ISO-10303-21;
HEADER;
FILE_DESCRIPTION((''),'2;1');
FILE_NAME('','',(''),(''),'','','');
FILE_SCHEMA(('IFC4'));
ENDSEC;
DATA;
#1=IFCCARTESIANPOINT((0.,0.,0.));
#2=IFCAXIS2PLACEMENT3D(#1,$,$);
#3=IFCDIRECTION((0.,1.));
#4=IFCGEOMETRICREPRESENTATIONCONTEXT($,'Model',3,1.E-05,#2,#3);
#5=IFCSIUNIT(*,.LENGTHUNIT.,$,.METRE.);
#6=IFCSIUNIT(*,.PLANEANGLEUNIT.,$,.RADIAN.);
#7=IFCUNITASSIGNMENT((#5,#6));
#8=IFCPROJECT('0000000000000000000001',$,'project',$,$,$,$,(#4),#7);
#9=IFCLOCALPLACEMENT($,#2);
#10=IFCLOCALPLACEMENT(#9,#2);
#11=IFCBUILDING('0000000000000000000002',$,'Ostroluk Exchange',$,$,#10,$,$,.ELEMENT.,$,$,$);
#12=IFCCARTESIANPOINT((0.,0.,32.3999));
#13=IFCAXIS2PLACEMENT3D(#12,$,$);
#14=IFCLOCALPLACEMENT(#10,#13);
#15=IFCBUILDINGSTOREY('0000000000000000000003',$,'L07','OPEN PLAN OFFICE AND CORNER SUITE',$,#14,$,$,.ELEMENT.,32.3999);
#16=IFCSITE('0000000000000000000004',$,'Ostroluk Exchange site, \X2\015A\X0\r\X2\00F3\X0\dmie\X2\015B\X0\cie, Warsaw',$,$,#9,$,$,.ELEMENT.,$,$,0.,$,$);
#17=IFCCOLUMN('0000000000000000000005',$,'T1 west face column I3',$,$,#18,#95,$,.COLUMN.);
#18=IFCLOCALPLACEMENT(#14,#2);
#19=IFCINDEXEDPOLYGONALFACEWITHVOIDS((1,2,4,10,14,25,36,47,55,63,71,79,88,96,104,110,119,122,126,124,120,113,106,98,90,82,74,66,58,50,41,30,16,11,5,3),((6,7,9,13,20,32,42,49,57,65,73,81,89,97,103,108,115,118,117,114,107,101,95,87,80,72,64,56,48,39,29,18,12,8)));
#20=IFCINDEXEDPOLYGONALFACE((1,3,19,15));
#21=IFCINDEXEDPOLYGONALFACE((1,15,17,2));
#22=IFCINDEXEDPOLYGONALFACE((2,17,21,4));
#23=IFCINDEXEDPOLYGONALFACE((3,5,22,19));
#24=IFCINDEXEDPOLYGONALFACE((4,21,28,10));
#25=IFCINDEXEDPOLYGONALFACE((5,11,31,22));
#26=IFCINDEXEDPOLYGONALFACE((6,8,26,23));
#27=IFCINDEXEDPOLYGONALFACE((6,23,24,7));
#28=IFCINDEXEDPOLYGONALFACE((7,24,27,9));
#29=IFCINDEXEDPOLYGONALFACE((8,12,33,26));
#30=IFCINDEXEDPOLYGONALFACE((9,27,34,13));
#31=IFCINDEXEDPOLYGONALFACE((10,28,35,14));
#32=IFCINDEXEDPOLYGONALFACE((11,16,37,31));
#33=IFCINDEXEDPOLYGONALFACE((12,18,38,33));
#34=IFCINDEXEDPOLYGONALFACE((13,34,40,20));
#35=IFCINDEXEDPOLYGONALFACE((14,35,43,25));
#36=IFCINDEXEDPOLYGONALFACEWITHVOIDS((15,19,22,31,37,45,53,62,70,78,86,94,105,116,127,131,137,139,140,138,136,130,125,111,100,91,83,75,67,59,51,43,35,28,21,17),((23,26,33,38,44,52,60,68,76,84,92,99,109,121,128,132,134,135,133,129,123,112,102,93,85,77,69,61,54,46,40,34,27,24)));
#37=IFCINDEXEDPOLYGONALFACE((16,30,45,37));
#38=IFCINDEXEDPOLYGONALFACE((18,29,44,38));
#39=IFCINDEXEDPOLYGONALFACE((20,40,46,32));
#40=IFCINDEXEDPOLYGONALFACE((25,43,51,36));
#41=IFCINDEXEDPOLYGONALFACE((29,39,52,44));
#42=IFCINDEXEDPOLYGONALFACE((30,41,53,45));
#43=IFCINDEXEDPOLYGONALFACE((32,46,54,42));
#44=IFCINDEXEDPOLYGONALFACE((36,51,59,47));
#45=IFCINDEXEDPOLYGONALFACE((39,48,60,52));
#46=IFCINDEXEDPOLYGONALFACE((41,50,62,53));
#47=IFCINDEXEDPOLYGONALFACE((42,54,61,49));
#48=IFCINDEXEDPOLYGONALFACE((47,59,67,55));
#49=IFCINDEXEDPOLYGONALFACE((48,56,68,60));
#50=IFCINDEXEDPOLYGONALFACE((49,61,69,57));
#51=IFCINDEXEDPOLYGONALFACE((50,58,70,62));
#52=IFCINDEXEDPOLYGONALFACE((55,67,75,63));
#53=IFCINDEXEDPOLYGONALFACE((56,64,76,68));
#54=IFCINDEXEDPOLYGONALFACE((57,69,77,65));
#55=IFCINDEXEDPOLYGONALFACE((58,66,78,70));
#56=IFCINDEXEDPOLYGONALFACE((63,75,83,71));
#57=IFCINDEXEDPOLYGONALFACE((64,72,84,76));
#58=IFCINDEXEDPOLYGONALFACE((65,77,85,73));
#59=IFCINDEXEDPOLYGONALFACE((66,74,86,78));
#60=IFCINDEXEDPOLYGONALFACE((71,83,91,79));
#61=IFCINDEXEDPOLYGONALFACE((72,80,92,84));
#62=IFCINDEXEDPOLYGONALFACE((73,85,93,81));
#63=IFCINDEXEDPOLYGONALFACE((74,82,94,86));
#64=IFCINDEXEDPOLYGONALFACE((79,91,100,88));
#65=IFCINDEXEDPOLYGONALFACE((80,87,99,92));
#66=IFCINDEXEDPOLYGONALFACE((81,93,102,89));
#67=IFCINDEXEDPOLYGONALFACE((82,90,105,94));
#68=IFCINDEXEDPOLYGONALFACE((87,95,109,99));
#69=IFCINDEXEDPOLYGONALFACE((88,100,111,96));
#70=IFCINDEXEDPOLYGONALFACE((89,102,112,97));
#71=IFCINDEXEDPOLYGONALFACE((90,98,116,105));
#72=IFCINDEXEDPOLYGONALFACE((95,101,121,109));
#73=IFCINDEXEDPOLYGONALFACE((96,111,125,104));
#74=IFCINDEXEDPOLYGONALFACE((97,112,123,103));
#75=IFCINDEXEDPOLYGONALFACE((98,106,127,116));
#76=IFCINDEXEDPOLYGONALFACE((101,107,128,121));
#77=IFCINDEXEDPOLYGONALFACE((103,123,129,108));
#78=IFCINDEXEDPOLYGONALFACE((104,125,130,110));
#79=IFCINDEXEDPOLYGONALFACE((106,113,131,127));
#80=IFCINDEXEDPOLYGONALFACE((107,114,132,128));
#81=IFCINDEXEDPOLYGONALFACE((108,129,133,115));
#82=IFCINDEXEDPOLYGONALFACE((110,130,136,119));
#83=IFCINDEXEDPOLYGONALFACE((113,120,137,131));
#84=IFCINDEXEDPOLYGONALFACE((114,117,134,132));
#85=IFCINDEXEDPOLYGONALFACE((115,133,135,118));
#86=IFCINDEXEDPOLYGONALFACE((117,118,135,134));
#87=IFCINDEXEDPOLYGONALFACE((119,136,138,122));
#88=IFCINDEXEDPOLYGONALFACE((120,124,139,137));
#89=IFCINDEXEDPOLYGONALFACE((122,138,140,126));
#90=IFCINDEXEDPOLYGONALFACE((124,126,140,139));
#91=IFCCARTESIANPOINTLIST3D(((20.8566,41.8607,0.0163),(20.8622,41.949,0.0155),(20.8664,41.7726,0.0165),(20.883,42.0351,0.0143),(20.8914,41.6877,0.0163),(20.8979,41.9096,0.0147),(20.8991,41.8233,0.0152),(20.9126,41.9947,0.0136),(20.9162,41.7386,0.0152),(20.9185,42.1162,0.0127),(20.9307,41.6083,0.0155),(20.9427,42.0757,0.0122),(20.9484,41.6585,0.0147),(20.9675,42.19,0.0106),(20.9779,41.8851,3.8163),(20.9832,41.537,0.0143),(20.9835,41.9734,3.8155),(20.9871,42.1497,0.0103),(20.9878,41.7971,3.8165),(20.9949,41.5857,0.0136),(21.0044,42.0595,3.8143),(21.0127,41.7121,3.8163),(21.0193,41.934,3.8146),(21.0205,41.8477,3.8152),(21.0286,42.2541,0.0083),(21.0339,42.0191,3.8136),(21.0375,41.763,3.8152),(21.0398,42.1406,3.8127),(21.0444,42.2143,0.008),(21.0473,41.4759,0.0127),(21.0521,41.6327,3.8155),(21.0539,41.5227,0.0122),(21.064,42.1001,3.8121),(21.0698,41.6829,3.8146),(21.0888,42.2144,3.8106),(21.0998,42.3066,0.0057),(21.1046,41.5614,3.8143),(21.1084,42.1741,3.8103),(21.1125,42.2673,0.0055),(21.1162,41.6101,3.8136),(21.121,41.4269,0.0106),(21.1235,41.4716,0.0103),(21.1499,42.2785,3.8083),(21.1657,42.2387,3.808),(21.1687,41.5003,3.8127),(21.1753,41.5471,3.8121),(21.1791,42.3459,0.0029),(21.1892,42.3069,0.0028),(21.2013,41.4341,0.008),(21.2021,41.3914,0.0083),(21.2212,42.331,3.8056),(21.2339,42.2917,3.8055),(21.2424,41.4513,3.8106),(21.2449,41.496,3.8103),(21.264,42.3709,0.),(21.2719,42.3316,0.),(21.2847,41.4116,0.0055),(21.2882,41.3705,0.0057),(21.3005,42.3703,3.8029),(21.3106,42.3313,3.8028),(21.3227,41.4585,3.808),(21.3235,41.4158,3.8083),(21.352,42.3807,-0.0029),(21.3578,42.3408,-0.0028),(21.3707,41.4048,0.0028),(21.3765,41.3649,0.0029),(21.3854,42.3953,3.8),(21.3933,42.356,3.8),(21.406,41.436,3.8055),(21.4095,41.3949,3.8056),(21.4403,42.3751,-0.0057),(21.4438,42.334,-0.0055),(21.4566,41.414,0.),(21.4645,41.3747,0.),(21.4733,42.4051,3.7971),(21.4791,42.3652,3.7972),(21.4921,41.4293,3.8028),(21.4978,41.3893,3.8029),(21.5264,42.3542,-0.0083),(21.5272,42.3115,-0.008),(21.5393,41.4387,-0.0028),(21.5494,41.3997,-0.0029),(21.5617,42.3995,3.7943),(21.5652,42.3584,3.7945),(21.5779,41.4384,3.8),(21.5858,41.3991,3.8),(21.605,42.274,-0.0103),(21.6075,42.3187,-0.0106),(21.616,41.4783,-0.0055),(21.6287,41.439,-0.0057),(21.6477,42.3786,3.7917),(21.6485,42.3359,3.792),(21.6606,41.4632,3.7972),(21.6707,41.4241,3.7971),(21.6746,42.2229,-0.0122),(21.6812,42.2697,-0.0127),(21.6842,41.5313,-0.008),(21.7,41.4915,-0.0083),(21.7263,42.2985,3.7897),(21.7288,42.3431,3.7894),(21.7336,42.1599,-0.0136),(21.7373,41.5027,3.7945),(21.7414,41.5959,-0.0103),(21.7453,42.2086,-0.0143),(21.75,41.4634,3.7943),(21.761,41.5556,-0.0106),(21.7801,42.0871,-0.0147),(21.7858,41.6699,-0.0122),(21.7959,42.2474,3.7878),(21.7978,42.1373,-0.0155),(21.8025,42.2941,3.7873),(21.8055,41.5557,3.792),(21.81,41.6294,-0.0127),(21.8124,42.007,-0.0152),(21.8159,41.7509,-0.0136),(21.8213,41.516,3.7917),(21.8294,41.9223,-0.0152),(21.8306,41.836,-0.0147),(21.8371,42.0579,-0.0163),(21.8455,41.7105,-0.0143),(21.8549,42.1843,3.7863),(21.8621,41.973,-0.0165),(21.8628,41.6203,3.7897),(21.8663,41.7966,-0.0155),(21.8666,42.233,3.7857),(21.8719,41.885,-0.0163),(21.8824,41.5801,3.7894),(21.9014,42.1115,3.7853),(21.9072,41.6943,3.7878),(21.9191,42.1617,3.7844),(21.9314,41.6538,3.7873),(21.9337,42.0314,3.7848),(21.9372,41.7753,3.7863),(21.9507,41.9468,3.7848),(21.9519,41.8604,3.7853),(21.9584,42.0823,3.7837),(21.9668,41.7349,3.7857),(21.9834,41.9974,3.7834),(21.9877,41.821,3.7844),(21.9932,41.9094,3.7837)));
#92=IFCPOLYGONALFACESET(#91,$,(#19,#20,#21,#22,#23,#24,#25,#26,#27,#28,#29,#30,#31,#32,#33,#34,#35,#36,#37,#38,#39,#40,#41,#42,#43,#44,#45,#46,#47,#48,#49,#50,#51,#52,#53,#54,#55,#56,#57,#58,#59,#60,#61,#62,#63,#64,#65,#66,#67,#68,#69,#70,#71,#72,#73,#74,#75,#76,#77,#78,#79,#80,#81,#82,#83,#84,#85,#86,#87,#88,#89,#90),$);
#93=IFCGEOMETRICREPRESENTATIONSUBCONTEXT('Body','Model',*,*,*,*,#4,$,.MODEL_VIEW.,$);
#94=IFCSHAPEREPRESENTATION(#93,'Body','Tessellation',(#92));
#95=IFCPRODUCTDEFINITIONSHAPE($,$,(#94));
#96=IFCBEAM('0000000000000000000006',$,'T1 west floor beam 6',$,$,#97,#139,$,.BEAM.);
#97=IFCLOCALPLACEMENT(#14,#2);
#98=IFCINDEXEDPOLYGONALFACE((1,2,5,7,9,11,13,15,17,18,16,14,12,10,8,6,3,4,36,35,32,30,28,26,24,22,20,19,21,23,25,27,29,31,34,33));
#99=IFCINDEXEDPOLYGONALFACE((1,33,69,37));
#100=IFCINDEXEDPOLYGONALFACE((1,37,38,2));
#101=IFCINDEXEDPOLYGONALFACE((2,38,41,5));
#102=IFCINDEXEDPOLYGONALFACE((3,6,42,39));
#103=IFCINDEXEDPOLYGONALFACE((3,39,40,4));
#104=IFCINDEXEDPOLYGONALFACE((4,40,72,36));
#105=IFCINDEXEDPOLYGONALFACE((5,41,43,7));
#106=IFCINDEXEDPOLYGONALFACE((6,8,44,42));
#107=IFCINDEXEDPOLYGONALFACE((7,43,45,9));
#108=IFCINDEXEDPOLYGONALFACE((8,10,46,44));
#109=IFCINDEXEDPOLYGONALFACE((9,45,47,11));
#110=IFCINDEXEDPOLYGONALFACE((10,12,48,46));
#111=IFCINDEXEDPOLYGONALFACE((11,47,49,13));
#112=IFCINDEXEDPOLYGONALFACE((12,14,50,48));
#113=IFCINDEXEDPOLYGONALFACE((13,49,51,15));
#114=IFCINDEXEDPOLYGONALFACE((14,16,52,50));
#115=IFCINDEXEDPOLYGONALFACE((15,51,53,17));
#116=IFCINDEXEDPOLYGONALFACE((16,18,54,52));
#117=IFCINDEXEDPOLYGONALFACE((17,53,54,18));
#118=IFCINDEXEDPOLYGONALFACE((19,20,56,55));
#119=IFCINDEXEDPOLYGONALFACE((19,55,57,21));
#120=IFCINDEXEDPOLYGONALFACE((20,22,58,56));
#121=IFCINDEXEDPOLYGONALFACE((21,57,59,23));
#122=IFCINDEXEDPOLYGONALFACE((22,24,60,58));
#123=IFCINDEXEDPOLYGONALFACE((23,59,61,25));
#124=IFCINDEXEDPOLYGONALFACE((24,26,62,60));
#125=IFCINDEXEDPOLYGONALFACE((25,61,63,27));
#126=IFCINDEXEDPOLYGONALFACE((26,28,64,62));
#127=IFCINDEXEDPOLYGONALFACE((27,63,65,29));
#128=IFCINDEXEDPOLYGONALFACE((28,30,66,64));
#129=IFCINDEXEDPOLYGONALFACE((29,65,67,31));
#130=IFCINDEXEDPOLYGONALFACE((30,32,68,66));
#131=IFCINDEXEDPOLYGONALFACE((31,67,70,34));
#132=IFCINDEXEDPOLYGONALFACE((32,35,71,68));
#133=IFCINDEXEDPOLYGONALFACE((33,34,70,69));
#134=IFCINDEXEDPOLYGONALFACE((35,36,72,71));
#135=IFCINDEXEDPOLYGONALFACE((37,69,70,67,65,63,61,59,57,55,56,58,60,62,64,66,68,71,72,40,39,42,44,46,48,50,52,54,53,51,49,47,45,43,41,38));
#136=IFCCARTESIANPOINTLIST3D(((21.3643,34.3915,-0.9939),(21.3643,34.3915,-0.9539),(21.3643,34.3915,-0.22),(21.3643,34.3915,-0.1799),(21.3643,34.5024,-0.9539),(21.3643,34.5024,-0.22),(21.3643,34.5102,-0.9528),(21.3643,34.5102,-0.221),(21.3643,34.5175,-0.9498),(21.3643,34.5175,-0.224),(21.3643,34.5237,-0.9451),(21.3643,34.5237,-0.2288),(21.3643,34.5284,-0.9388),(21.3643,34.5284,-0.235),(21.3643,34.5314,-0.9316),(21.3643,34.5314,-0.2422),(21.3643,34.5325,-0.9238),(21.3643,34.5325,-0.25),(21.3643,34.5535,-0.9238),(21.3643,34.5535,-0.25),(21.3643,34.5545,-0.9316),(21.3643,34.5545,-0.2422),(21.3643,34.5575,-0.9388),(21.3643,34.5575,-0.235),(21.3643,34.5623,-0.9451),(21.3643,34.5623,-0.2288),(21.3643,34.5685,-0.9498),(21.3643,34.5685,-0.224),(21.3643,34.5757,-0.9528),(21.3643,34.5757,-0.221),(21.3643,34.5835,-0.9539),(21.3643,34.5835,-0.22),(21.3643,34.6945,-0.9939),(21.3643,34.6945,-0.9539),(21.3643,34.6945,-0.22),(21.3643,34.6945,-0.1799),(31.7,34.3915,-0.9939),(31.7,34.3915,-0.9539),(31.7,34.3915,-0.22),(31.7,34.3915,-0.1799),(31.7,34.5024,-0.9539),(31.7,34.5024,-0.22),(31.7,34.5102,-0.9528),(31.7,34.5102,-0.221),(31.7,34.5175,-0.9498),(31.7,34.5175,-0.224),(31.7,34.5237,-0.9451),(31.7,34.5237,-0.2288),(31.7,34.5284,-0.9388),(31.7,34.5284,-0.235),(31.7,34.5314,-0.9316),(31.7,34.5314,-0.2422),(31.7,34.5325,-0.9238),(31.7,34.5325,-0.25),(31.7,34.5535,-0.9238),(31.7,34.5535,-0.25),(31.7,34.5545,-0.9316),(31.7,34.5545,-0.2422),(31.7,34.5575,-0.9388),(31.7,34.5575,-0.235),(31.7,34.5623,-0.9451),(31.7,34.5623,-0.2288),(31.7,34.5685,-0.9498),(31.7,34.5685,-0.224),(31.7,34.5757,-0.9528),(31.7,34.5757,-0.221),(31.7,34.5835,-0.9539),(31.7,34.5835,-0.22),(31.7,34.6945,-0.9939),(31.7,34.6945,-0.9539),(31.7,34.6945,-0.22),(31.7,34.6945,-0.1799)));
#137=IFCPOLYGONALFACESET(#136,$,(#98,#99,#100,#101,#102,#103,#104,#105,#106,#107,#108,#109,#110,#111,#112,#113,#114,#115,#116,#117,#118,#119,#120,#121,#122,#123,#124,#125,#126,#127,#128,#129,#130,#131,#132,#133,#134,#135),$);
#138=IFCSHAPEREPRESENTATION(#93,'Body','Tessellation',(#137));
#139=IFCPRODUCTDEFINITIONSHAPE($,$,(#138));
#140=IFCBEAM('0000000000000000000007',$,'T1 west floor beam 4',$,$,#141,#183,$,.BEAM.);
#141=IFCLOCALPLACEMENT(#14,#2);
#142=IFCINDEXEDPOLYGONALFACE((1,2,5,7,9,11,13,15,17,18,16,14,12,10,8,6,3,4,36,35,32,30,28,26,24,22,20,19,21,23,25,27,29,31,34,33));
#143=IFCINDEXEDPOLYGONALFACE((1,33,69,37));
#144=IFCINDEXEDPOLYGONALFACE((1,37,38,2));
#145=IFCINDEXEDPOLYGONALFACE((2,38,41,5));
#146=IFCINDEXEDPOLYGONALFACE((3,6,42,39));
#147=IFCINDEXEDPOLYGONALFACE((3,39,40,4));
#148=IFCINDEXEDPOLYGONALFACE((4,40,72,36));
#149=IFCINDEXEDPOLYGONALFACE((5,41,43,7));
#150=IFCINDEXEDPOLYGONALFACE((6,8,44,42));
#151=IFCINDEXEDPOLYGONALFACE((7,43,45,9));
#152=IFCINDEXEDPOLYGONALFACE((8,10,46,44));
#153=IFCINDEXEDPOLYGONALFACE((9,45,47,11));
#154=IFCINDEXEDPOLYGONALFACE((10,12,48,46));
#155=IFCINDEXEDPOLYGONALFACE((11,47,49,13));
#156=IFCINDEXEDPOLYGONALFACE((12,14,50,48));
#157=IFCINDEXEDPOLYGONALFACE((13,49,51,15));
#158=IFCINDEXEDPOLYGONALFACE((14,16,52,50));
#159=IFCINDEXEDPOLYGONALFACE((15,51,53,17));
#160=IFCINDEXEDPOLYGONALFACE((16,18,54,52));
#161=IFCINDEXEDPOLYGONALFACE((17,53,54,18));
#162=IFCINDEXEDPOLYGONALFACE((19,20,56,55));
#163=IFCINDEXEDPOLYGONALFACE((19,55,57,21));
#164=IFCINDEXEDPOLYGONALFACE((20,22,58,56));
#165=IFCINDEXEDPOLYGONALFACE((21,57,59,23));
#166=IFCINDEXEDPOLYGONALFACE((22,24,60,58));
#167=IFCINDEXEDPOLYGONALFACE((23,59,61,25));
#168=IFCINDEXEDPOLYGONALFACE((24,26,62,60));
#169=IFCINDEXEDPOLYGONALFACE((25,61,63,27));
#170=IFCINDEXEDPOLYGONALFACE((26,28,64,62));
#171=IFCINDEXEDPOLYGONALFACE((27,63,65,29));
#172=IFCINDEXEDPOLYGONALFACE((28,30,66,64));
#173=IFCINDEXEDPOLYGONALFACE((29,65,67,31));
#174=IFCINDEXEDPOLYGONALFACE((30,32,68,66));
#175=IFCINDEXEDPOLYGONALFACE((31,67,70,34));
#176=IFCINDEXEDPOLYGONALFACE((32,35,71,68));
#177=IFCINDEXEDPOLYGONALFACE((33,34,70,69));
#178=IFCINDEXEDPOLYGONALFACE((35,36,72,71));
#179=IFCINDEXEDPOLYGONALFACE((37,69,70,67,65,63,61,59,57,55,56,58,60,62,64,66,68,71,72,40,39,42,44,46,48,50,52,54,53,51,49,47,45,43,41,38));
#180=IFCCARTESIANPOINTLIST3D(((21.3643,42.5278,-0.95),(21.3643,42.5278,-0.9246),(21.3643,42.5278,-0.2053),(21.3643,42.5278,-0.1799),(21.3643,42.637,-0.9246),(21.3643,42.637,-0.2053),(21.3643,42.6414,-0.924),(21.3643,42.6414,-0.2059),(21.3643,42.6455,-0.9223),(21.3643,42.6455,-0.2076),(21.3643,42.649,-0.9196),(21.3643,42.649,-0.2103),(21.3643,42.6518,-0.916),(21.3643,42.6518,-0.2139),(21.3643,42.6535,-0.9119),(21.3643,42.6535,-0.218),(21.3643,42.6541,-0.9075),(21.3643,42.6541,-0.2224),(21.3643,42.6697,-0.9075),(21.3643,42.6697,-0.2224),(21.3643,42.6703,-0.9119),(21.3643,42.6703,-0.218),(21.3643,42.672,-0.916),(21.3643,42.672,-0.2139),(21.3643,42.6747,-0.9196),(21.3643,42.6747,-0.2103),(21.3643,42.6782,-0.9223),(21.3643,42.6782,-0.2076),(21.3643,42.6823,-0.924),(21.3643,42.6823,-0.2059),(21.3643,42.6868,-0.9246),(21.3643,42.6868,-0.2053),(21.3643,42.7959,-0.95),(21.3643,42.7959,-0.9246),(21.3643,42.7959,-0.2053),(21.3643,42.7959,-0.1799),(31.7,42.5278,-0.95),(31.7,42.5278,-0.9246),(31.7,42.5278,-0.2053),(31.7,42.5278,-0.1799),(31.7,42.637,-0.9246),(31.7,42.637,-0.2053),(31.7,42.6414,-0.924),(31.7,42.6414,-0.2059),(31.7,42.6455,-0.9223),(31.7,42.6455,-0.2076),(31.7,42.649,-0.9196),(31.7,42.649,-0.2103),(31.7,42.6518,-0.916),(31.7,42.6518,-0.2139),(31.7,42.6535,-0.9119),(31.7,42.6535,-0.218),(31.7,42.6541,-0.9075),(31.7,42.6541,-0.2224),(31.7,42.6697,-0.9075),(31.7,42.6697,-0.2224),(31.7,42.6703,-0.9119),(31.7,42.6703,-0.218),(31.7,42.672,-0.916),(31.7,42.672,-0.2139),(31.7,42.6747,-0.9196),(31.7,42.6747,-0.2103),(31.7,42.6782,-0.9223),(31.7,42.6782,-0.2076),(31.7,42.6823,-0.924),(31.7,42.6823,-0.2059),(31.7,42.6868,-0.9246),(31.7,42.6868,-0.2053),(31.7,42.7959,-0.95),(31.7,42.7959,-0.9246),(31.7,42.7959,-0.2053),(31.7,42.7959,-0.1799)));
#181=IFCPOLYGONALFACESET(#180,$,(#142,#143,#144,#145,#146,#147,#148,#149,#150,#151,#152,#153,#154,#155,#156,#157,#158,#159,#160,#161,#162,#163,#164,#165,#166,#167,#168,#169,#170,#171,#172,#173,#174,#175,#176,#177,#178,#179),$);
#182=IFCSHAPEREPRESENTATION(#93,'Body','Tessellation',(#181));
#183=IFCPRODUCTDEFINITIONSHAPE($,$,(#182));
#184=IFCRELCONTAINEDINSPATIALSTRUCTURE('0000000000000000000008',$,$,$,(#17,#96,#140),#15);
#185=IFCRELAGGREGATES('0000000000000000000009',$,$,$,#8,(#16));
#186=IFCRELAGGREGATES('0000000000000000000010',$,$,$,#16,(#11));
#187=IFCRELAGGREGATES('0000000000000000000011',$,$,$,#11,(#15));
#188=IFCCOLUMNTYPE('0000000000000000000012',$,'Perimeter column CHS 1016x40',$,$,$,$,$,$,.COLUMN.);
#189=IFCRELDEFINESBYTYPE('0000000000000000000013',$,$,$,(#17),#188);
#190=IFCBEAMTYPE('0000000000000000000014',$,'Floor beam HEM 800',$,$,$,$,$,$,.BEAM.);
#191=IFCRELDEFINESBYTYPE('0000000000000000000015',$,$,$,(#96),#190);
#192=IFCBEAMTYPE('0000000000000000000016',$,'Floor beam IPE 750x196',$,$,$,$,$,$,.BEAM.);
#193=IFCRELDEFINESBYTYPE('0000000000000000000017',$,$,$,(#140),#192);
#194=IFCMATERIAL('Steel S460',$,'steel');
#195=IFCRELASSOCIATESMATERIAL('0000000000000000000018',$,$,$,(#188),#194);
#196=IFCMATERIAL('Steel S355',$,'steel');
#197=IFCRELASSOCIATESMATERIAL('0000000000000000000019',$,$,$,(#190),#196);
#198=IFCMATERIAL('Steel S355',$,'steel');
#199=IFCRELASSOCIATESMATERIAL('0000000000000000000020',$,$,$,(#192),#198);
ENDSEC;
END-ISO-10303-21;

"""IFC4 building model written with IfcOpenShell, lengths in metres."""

from ifc_helpers import new_model, si_unit, direction, frame, origin, origin_2d, place, context, subcontext, project, spatial, hollow_circle, i_section, extrude, material, material_profile, profile_set, type_object, element, save


model = new_model("IFC4")

# Units and contexts
model_context = context("Model", 3, precision=1e-05, world=origin(), true_north=direction((0.0, 1.0)))
body_context = subcontext(model_context, "Body", "Model", "MODEL_VIEW")
ifc_project = project(units=[si_unit("LENGTHUNIT", "METRE"), si_unit("PLANEANGLEUNIT", "RADIAN")], contexts=[model_context])

# Site, building, storey
site_placement = place(None, origin())
site = spatial("IfcSite", under=ifc_project, at=site_placement, Name="Ostroluk Exchange site, Śródmieście, Warsaw", CompositionType="ELEMENT", RefElevation=0.0)
building_placement = place(site_placement, origin())
building = spatial("IfcBuilding", under=site, at=building_placement, Name="Ostroluk Exchange", CompositionType="ELEMENT")
storey_placement = place(building_placement, frame((0.0, 0.0, 32.3999)))
storey = spatial("IfcBuildingStorey", under=building, at=storey_placement, Name="L07", Description="OPEN PLAN OFFICE AND CORNER SUITE", CompositionType="ELEMENT", Elevation=32.3999)

# Column
ifc_material_1 = material(Name="Steel S460", Category="steel")
ifc_material_profile_1 = material_profile(ifc_material_1, hollow_circle(Radius=0.5081, WallThickness=0.04, at=origin_2d()), Name="CHS 1016x40")
ifc_profile_set_1 = profile_set([ifc_material_profile_1], Name="Steel S460")
column_type = type_object("IfcColumnType", Name="Perimeter column CHS 1016x40", PredefinedType="COLUMN", material=ifc_profile_set_1)
column_placement = place(storey_placement, frame((21.3643, 41.8728, 0.0), z_axis=(0.031914, 0.006421, 0.99947), x_axis=(-0.197254, 0.980352, 0.0)))
element("IfcColumn", 1, at=column_placement, inside=storey, type_object=column_type, Name="T1 west face column I3", PredefinedType="COLUMN", context=body_context, shape_type="SweptSolid", body=[
    extrude(hollow_circle(Radius=0.5081, WallThickness=0.04, at=origin_2d()), origin(), (0.0, 0.0, 1.0), 3.802),
])

# Beams
ifc_material_2 = material(Name="Steel S355", Category="steel")
ifc_material_profile_2 = material_profile(ifc_material_2, i_section(OverallWidth=0.303, OverallDepth=0.814, WebThickness=0.021, FlangeThickness=0.04, FilletRadius=0.03, at=origin_2d()), Name="HEM 800")
ifc_profile_set_2 = profile_set([ifc_material_profile_2], Name="Steel S355")
beam_type_1 = type_object("IfcBeamType", Name="Floor beam HEM 800", PredefinedType="BEAM", material=ifc_profile_set_2)
beam_1_placement = place(storey_placement, frame((31.7, 34.543, -0.5869), z_axis=(-1.0, 0.0, 0.0), x_axis=(0.0, -1.0, 0.0)))
element("IfcBeam", 2, at=beam_1_placement, inside=storey, type_object=beam_type_1, Name="T1 west floor beam 6", PredefinedType="BEAM", context=body_context, shape_type="SweptSolid", body=[
    extrude(i_section(OverallWidth=0.303, OverallDepth=0.814, WebThickness=0.021, FlangeThickness=0.04, FilletRadius=0.03, at=origin_2d()), origin(), (0.0, 0.0, 1.0), 10.3357),
])
ifc_material_3 = material(Name="Steel S355", Category="steel")
ifc_material_profile_3 = material_profile(ifc_material_3, i_section(OverallWidth=0.2681, OverallDepth=0.77, WebThickness=0.0156, FlangeThickness=0.0254, FilletRadius=0.0171, at=origin_2d()), Name="IPE 750x196")
ifc_profile_set_3 = profile_set([ifc_material_profile_3], Name="Steel S355")
beam_type_2 = type_object("IfcBeamType", Name="Floor beam IPE 750x196", PredefinedType="BEAM", material=ifc_profile_set_3)
for number, where, z_axis, x_axis, name in (
    (3, (31.7, 42.6619, -0.5649), (-1.0, 0.0, 0.0), (0.0, -1.0, 0.0), "T1 west floor beam 4"),
):
    element("IfcBeam", number, at=place(storey_placement, frame(where, z_axis=z_axis, x_axis=x_axis)), inside=storey, type_object=beam_type_2, Name=name, PredefinedType="BEAM", context=body_context, shape_type="SweptSolid", body=[
        extrude(i_section(OverallWidth=0.2681, OverallDepth=0.77, WebThickness=0.0156, FlangeThickness=0.0254, FilletRadius=0.0171, at=origin_2d()), origin(), (0.0, 0.0, 1.0), 10.3357),
    ])

save(model, "model.ifc")
